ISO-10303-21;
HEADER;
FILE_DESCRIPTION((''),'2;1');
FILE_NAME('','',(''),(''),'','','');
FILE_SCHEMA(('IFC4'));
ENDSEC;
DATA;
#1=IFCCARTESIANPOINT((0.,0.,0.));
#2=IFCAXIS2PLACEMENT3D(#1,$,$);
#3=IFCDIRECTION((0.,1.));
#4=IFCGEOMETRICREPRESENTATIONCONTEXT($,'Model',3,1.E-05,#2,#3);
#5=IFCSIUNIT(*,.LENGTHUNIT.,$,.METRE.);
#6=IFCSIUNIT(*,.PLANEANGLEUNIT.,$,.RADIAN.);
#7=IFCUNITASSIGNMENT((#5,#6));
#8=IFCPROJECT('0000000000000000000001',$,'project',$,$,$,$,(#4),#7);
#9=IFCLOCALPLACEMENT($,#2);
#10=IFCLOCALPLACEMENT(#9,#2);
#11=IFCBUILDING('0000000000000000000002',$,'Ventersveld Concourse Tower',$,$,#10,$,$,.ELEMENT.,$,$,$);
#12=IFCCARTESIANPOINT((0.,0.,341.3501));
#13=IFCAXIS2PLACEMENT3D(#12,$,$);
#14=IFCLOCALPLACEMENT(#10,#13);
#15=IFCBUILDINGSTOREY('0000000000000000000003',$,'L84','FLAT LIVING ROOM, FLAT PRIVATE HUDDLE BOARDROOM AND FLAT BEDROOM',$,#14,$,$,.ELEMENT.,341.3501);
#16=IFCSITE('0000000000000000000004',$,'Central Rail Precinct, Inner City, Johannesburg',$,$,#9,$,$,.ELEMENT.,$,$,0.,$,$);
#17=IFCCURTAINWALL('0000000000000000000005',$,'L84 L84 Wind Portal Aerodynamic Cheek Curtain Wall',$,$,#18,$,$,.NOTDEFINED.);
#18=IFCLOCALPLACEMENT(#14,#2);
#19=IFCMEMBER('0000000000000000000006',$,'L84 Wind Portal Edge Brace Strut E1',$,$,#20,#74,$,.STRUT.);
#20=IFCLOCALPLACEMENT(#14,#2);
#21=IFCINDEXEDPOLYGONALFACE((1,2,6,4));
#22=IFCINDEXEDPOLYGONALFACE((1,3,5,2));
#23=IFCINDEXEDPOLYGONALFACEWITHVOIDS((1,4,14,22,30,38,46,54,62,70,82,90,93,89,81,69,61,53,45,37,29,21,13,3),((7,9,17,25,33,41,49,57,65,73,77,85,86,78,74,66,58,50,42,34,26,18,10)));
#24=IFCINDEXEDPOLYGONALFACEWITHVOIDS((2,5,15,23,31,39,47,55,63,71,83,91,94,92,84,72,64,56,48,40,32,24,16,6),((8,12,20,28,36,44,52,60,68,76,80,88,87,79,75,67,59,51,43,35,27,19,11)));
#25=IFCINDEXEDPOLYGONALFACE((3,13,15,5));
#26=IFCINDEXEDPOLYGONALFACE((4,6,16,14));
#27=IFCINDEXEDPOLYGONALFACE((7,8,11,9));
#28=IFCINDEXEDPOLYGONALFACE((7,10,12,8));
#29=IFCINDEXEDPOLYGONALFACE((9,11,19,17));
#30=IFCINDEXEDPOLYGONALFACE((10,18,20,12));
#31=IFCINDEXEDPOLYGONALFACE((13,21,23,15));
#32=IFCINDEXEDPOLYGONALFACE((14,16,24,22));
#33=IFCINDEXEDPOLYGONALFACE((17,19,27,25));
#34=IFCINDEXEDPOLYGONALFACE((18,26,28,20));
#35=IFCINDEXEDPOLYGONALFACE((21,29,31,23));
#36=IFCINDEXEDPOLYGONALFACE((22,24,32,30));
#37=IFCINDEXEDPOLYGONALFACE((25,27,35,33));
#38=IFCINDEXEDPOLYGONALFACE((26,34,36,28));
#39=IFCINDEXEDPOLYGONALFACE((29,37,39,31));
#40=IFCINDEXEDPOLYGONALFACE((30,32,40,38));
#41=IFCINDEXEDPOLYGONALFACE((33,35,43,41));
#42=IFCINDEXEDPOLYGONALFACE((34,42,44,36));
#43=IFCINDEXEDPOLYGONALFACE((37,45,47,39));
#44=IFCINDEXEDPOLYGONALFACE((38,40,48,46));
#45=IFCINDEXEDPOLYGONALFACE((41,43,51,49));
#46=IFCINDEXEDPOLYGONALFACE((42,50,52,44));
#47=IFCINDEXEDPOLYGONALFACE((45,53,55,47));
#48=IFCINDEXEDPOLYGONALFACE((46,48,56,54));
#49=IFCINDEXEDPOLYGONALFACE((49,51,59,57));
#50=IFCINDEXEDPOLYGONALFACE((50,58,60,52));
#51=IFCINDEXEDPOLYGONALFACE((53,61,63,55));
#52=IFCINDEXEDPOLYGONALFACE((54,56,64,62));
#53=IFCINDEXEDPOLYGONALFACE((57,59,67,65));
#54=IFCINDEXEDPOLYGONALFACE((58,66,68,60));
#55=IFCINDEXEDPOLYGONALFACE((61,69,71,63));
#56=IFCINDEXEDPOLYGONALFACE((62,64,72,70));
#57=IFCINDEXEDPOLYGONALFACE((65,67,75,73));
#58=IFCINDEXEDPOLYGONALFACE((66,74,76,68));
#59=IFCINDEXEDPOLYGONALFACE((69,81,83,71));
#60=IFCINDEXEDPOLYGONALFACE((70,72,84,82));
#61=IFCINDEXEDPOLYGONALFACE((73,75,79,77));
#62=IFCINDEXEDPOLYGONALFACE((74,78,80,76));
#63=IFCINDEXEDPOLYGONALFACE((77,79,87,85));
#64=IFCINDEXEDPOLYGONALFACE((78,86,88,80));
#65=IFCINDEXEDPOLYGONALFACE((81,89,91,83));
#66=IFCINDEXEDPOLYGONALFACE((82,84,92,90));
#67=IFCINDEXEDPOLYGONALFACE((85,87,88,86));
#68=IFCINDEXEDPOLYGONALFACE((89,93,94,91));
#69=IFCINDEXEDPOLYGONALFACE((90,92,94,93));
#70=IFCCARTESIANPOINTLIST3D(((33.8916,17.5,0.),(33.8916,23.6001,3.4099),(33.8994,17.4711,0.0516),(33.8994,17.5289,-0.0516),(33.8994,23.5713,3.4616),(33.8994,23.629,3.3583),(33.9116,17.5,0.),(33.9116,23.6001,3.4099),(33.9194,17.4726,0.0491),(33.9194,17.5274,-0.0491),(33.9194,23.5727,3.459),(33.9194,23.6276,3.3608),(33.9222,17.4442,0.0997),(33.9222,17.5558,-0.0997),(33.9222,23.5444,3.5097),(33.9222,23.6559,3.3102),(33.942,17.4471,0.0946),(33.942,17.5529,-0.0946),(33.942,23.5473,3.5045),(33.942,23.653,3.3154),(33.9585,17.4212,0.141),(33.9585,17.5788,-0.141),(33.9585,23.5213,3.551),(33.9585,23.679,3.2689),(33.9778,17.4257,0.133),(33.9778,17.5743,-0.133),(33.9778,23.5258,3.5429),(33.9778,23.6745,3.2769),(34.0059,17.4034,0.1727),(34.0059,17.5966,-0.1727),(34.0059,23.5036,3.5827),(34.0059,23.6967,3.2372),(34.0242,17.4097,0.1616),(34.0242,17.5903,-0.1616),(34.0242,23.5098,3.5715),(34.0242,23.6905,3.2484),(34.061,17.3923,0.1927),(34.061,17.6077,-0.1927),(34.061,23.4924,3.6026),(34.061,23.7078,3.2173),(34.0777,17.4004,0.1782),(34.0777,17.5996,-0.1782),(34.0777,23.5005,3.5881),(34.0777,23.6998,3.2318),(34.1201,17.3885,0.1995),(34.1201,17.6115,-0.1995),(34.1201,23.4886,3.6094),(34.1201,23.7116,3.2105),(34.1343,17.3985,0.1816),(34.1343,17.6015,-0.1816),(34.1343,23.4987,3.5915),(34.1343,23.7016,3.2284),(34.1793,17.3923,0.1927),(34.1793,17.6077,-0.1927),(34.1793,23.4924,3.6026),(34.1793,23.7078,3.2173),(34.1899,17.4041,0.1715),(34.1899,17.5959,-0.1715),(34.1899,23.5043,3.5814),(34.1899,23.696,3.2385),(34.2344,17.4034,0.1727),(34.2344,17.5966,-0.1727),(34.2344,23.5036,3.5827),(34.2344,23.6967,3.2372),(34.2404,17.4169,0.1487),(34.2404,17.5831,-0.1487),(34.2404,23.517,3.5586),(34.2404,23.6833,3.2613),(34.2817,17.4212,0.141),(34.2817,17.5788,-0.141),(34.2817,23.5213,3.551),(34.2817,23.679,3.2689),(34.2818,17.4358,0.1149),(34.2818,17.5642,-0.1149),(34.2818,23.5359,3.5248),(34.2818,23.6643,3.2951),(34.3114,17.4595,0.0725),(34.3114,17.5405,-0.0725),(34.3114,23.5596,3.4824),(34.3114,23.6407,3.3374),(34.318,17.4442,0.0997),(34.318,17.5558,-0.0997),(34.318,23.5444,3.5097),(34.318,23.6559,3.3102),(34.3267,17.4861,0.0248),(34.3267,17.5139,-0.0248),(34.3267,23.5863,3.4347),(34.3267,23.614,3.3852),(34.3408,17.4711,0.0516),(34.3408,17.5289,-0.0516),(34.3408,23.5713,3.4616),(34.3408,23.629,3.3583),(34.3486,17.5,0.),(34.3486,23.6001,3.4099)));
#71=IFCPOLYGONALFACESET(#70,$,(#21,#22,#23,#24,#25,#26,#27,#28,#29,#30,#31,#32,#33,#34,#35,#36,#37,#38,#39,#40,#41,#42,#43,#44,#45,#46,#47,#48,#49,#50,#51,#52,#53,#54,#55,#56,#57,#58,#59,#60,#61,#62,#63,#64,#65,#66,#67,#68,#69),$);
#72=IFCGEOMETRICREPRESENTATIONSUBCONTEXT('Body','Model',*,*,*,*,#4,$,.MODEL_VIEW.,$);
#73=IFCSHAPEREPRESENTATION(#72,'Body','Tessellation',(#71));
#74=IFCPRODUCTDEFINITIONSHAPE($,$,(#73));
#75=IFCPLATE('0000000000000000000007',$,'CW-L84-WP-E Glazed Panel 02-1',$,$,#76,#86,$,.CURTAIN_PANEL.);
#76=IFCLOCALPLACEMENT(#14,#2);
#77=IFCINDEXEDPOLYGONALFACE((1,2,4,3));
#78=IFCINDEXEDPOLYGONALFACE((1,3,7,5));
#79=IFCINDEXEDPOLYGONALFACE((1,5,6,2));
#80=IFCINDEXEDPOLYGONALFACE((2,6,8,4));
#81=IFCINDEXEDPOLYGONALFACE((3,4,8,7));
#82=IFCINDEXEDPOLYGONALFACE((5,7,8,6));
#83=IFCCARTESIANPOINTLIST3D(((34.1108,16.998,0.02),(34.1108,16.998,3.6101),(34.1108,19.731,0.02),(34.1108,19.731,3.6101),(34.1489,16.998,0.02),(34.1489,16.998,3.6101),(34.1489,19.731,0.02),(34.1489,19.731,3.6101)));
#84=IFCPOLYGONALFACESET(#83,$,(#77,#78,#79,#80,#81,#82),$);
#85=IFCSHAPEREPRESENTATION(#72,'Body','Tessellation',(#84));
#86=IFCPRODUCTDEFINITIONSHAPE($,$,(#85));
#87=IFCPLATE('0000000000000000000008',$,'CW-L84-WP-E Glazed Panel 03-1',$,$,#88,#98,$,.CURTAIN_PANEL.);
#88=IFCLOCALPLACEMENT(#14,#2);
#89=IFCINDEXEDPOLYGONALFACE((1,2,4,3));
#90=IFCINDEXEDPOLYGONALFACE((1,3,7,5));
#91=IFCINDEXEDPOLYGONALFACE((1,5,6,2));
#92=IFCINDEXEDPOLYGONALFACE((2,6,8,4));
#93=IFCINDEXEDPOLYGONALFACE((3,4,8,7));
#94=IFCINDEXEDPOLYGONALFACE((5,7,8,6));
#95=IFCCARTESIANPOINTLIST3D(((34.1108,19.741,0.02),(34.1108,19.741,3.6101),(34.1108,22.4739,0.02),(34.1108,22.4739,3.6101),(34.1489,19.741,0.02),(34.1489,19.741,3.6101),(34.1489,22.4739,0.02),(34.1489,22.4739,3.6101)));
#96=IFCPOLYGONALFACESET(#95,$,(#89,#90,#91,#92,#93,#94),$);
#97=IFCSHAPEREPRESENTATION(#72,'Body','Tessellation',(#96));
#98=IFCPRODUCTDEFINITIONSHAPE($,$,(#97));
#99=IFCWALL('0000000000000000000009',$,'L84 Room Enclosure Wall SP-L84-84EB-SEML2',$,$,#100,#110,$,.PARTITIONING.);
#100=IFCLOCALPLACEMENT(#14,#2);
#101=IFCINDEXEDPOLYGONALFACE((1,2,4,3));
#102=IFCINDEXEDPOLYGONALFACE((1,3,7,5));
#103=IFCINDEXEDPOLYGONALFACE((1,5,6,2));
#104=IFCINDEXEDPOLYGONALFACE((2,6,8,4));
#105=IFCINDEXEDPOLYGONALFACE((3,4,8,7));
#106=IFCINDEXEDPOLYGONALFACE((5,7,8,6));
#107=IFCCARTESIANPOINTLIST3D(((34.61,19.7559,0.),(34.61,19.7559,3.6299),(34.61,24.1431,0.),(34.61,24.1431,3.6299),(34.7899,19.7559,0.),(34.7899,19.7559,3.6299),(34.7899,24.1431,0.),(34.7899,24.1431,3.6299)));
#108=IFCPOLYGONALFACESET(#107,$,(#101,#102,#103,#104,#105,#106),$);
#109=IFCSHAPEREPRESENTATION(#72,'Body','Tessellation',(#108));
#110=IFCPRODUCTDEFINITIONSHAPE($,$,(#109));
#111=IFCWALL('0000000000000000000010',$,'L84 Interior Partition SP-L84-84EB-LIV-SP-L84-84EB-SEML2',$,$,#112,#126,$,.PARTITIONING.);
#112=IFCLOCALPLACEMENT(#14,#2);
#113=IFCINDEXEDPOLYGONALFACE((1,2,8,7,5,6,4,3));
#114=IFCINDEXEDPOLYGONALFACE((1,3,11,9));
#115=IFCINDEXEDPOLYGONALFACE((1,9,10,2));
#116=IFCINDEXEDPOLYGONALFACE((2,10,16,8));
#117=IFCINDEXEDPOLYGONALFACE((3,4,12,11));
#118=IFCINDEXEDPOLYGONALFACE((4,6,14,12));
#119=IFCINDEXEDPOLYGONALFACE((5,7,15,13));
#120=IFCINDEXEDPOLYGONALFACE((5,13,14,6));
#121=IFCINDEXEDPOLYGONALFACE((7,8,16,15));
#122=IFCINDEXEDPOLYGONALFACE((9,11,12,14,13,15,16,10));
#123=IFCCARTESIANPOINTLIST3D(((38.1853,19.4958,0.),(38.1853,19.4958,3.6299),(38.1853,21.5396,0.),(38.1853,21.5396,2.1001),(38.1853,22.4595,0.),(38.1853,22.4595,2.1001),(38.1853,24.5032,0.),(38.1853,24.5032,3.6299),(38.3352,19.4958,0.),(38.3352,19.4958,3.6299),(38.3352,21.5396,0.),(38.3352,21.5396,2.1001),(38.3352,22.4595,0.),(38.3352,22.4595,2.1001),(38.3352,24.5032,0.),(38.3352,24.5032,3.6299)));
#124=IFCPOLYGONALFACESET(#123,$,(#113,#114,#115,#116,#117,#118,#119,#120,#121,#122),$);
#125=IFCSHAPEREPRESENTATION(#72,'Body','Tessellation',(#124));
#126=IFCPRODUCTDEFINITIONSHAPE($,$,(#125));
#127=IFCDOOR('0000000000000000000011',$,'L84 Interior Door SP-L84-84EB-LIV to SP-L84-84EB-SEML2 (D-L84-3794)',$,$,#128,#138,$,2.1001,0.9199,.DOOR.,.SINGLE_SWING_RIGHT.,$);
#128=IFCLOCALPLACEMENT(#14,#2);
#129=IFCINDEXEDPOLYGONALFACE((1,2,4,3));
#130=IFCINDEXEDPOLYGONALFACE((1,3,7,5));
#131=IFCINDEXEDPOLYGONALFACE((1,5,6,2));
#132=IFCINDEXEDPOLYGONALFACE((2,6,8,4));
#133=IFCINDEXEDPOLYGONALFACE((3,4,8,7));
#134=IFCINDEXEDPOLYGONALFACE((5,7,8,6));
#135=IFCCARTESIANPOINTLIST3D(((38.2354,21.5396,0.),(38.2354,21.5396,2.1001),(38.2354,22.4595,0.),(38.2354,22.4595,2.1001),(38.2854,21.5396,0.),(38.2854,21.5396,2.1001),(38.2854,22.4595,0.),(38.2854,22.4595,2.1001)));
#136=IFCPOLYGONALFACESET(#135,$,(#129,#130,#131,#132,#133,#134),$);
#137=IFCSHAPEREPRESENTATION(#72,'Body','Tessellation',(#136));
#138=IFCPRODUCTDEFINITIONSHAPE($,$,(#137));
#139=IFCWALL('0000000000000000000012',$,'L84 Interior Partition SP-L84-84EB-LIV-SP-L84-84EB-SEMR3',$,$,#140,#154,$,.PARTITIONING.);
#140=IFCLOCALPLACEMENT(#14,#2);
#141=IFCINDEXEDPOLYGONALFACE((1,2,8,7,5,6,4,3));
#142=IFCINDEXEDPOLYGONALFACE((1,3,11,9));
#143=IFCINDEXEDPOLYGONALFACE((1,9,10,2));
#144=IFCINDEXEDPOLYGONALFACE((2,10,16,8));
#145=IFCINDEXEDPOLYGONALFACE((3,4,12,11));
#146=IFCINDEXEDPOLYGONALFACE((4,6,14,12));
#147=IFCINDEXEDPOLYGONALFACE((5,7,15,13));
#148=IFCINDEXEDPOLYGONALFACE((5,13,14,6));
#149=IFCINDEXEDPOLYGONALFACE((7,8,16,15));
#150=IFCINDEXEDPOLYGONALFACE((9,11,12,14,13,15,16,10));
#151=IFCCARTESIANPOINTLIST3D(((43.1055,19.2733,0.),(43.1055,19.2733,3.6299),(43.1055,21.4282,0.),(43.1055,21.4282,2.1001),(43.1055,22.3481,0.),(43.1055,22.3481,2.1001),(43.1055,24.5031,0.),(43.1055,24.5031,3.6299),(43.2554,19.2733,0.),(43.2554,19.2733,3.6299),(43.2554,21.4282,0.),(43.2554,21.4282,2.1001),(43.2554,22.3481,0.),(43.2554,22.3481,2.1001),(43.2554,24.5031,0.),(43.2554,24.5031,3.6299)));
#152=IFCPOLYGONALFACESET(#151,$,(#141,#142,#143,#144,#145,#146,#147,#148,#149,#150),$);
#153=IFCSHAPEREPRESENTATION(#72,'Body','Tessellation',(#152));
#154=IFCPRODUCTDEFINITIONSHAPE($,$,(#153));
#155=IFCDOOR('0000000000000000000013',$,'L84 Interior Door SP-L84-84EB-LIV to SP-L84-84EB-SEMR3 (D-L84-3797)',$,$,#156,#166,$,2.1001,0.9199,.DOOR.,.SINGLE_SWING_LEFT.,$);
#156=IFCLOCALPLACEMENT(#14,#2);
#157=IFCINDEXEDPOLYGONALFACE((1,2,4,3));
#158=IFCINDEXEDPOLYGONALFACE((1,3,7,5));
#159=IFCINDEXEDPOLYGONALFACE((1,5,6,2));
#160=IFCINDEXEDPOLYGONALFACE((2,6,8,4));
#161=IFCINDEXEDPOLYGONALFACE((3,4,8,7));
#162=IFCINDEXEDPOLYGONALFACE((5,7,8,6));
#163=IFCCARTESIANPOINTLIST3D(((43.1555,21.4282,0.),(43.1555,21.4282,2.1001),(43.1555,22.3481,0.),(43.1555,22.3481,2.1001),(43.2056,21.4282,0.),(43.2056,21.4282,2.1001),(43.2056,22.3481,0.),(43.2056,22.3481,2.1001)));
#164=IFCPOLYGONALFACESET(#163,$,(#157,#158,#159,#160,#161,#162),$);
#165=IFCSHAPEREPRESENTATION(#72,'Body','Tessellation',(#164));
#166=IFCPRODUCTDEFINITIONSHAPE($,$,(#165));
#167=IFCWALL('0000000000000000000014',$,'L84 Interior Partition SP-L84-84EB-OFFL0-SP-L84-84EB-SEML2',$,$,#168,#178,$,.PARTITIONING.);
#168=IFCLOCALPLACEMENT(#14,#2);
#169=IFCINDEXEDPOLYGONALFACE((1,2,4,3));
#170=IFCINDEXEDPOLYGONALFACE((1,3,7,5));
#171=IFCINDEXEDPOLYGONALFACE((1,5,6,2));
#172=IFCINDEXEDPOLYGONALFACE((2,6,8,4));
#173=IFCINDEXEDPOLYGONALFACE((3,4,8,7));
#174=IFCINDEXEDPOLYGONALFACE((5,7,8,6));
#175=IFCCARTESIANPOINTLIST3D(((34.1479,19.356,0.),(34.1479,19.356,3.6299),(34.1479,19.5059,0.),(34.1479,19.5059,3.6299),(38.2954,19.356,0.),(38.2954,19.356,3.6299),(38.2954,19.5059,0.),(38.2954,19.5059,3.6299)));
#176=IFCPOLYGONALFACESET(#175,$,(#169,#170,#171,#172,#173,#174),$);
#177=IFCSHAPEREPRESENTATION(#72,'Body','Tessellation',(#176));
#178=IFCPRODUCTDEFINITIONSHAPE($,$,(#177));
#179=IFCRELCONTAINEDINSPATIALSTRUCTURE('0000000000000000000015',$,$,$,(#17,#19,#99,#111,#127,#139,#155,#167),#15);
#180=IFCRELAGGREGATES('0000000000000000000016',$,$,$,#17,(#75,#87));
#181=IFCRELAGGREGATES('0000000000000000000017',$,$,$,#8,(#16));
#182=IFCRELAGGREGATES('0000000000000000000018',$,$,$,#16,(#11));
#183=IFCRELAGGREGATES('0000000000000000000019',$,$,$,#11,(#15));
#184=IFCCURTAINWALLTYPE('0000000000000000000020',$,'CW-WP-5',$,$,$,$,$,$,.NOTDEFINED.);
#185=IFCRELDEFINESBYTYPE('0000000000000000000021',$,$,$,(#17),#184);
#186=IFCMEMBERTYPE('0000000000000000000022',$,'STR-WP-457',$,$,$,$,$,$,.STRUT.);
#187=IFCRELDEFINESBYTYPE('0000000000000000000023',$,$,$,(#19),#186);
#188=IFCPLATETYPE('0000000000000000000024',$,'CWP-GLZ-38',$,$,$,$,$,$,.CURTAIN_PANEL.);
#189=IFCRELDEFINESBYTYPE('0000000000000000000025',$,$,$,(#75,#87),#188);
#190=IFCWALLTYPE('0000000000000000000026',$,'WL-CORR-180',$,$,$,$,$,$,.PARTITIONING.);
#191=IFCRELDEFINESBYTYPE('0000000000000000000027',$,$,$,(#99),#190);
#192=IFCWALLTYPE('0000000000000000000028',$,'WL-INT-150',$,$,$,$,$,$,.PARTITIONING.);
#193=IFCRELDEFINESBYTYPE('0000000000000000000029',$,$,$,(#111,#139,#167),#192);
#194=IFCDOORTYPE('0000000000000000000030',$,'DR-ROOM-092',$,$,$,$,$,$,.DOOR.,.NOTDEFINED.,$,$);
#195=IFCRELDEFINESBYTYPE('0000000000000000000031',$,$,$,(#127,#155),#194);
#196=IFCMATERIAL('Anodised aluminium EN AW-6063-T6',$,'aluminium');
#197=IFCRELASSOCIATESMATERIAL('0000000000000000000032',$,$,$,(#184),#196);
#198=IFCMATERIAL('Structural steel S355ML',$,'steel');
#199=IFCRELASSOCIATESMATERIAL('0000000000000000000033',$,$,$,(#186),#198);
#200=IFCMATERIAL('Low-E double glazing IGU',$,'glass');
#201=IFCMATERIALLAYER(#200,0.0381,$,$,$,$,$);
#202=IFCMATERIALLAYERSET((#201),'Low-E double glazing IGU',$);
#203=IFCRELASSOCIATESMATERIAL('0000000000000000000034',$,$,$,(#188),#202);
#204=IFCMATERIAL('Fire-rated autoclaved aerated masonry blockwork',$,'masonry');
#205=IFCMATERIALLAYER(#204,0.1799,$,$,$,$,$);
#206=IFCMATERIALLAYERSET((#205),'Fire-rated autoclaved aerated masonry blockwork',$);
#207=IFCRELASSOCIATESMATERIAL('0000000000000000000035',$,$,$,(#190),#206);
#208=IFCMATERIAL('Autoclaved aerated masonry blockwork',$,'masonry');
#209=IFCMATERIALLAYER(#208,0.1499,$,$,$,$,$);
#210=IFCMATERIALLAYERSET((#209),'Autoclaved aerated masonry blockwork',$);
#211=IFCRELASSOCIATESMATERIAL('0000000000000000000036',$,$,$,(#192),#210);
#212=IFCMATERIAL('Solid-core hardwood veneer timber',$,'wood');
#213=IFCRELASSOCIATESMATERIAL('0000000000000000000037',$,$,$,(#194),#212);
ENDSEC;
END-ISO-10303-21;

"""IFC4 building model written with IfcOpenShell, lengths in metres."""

from ifc_helpers import new_model, si_unit, direction, frame, frame_2d, origin, origin_2d, place, context, subcontext, project, spatial, rectangle, hollow_circle, extrude, material, layer, layer_set, material_profile, profile_set, type_object, element, fill, aggregate, save


model = new_model("IFC4")

# Units and contexts
model_context = context("Model", 3, precision=1e-05, world=origin(), true_north=direction((0.0, 1.0)))
body_context = subcontext(model_context, "Body", "Model", "MODEL_VIEW")
ifc_project = project(units=[si_unit("LENGTHUNIT", "METRE"), si_unit("PLANEANGLEUNIT", "RADIAN")], contexts=[model_context])

# Site, building, storey
site_placement = place(None, origin())
site = spatial("IfcSite", under=ifc_project, at=site_placement, Name="Central Rail Precinct, Inner City, Johannesburg", CompositionType="ELEMENT", RefElevation=0.0)
building_placement = place(site_placement, origin())
building = spatial("IfcBuilding", under=site, at=building_placement, Name="Ventersveld Concourse Tower", CompositionType="ELEMENT")
storey_placement = place(building_placement, frame((0.0, 0.0, 341.3501)))
storey = spatial("IfcBuildingStorey", under=building, at=storey_placement, Name="L84", Description="FLAT LIVING ROOM, FLAT PRIVATE HUDDLE BOARDROOM AND FLAT BEDROOM", CompositionType="ELEMENT", Elevation=341.3501)

# Curtain wall
ifc_material_1 = material(Name="Anodised aluminium EN AW-6063-T6", Category="aluminium")
curtain_wall_type = type_object("IfcCurtainWallType", Name="CW-WP-5", PredefinedType="NOTDEFINED", material=ifc_material_1)
curtain_wall_placement = place(storey_placement, origin())
curtain_wall = element("IfcCurtainWall", 1, at=curtain_wall_placement, inside=storey, type_object=curtain_wall_type, Name="L84 L84 Wind Portal Aerodynamic Cheek Curtain Wall", PredefinedType="NOTDEFINED")

# Member
ifc_material_2 = material(Name="Structural steel S355ML", Category="steel")
ifc_material_profile_1 = material_profile(ifc_material_2, hollow_circle(Radius=0.2285, WallThickness=0.02, at=origin_2d()), Name="CHS 457x20")
ifc_profile_set_1 = profile_set([ifc_material_profile_1], Name="Structural steel S355ML")
member_type_1 = type_object("IfcMemberType", Name="STR-WP-457", PredefinedType="STRUT", material=ifc_profile_set_1)
member_1_placement = place(storey_placement, frame((34.1201, 17.5, 0.0), z_axis=(0.0, 0.87288, 0.487934), x_axis=(-1.0, 0.0, 0.0)))
element("IfcMember", 2, at=member_1_placement, inside=storey, type_object=member_type_1, Name="L84 Wind Portal Edge Brace Strut E1", PredefinedType="STRUT", context=body_context, shape_type="SweptSolid", body=[
    extrude(hollow_circle(Radius=0.2285, WallThickness=0.02, at=origin_2d()), origin(), (0.0, 0.0, 1.0), 6.9885),
])

# Plates
ifc_material_3 = material(Name="Low-E double glazing IGU", Category="glass")
ifc_layer_1 = layer(ifc_material_3, 0.0381)
ifc_layer_set_1 = layer_set([ifc_layer_1], Name="Low-E double glazing IGU")
plate_type = type_object("IfcPlateType", Name="CWP-GLZ-38", PredefinedType="CURTAIN_PANEL", material=ifc_layer_set_1)
plate_1_placement = place(storey_placement, frame((34.1299, 18.3645, 0.02), z_axis=(0.0, 0.0, 1.0), x_axis=(0.0, 1.0, 0.0)))
plate_1 = element("IfcPlate", 3, at=plate_1_placement, type_object=plate_type, Name="CW-L84-WP-E Glazed Panel 02-1", PredefinedType="CURTAIN_PANEL", context=body_context, shape_type="SweptSolid", body=[
    extrude(rectangle(XDim=2.7329, YDim=0.0381, at=origin_2d()), origin(), (0.0, 0.0, 1.0), 3.5901),
])
plate_2_placement = place(storey_placement, frame((34.1299, 21.1074, 0.02), z_axis=(0.0, 0.0, 1.0), x_axis=(0.0, 1.0, 0.0)))
plate_2 = element("IfcPlate", 4, at=plate_2_placement, type_object=plate_type, Name="CW-L84-WP-E Glazed Panel 03-1", PredefinedType="CURTAIN_PANEL", context=body_context, shape_type="SweptSolid", body=[
    extrude(rectangle(XDim=2.7329, YDim=0.0381, at=origin_2d()), origin(), (0.0, 0.0, 1.0), 3.5901),
])
aggregate(curtain_wall, [plate_1, plate_2])

# Wall
ifc_material_4 = material(Name="Fire-rated autoclaved aerated masonry blockwork", Category="masonry")
ifc_layer_2 = layer(ifc_material_4, 0.1799)
ifc_layer_set_2 = layer_set([ifc_layer_2], Name="Fire-rated autoclaved aerated masonry blockwork")
wall_type_1 = type_object("IfcWallType", Name="WL-CORR-180", PredefinedType="PARTITIONING", material=ifc_layer_set_2)
wall_1_placement = place(storey_placement, frame((34.7, 19.7559, 0.0), z_axis=(0.0, 0.0, 1.0), x_axis=(0.0, 1.0, 0.0)))
element("IfcWall", 5, at=wall_1_placement, inside=storey, type_object=wall_type_1, Name="L84 Room Enclosure Wall SP-L84-84EB-SEML2", PredefinedType="PARTITIONING", context=body_context, shape_type="SweptSolid", body=[
    extrude(rectangle(XDim=4.3872, YDim=0.1799, at=frame_2d((2.1936, 0.0))), origin(), (0.0, 0.0, 1.0), 3.6299),
])

# Walls, openings, doors
ifc_material_5 = material(Name="Autoclaved aerated masonry blockwork", Category="masonry")
ifc_layer_3 = layer(ifc_material_5, 0.1499)
ifc_layer_set_3 = layer_set([ifc_layer_3], Name="Autoclaved aerated masonry blockwork")
wall_type_2 = type_object("IfcWallType", Name="WL-INT-150", PredefinedType="PARTITIONING", material=ifc_layer_set_3)
wall_2_placement = place(storey_placement, frame((38.2603, 19.4958, 0.0), z_axis=(0.0, 0.0, 1.0), x_axis=(0.0, 1.0, 0.0)))
wall_2 = element("IfcWall", 6, at=wall_2_placement, inside=storey, type_object=wall_type_2, Name="L84 Interior Partition SP-L84-84EB-LIV-SP-L84-84EB-SEML2", PredefinedType="PARTITIONING", context=body_context, shape_type="SweptSolid", body=[
    extrude(rectangle(XDim=5.0073, YDim=0.1499, at=frame_2d((2.5037, 0.0))), origin(), (0.0, 0.0, 1.0), 3.6299),
])
opening_1_placement = place(wall_2_placement, frame((2.0437, 0.0, 0.0)))
opening_1 = element("IfcOpeningElement", 7, at=opening_1_placement, cuts=wall_2, PredefinedType="OPENING", context=body_context, shape_type="SweptSolid", body=[
    extrude(rectangle(XDim=0.9199, YDim=2.1001, at=frame_2d((0.46, 1.05))), frame((0.0, 0.085, 0.0), z_axis=(0.0, -1.0, 0.0), x_axis=(1.0, 0.0, 0.0)), (0.0, 0.0, 1.0), 0.1699),
])
ifc_material_6 = material(Name="Solid-core hardwood veneer timber", Category="wood")
door_type = type_object("IfcDoorType", Name="DR-ROOM-092", OperationType="NOTDEFINED", PredefinedType="DOOR", material=ifc_material_6)
door_1_placement = place(opening_1_placement, origin())
door_1 = element("IfcDoor", 8, at=door_1_placement, inside=storey, type_object=door_type, Name="L84 Interior Door SP-L84-84EB-LIV to SP-L84-84EB-SEML2 (D-L84-3794)", OperationType="SINGLE_SWING_RIGHT", OverallHeight=2.1001, OverallWidth=0.9199, PredefinedType="DOOR", context=body_context, shape_type="SweptSolid", body=[
    extrude(rectangle(XDim=0.9199, YDim=2.1001, at=frame_2d((0.46, 1.05))), frame((0.0, 0.0249, 0.0), z_axis=(0.0, -1.0, 0.0), x_axis=(1.0, 0.0, 0.0)), (0.0, 0.0, 1.0), 0.05),
])
fill(opening_1, door_1)
wall_3_placement = place(storey_placement, frame((43.1804, 19.2734, 0.0), z_axis=(0.0, 0.0, 1.0), x_axis=(0.0, 1.0, 0.0)))
wall_3 = element("IfcWall", 9, at=wall_3_placement, inside=storey, type_object=wall_type_2, Name="L84 Interior Partition SP-L84-84EB-LIV-SP-L84-84EB-SEMR3", PredefinedType="PARTITIONING", context=body_context, shape_type="SweptSolid", body=[
    extrude(rectangle(XDim=5.2297, YDim=0.1499, at=frame_2d((2.6147, 0.0))), origin(), (0.0, 0.0, 1.0), 3.6299),
])
opening_2_placement = place(wall_3_placement, frame((2.1548, 0.0, 0.0)))
opening_2 = element("IfcOpeningElement", 10, at=opening_2_placement, cuts=wall_3, PredefinedType="OPENING", context=body_context, shape_type="SweptSolid", body=[
    extrude(rectangle(XDim=0.9199, YDim=2.1001, at=frame_2d((0.46, 1.05))), frame((0.0, 0.085, 0.0), z_axis=(0.0, -1.0, 0.0), x_axis=(1.0, 0.0, 0.0)), (0.0, 0.0, 1.0), 0.1699),
])
door_2_placement = place(opening_2_placement, origin())
door_2 = element("IfcDoor", 11, at=door_2_placement, inside=storey, type_object=door_type, Name="L84 Interior Door SP-L84-84EB-LIV to SP-L84-84EB-SEMR3 (D-L84-3797)", OperationType="SINGLE_SWING_LEFT", OverallHeight=2.1001, OverallWidth=0.9199, PredefinedType="DOOR", context=body_context, shape_type="SweptSolid", body=[
    extrude(rectangle(XDim=0.9199, YDim=2.1001, at=frame_2d((0.46, 1.05))), frame((0.0, 0.0249, 0.0), z_axis=(0.0, -1.0, 0.0), x_axis=(1.0, 0.0, 0.0)), (0.0, 0.0, 1.0), 0.05),
])
fill(opening_2, door_2)

# Wall
wall_4_placement = place(storey_placement, frame((34.1479, 19.4309, 0.0), z_axis=(0.0, 0.0, 1.0), x_axis=(1.0, 0.0, 0.0)))
element("IfcWall", 12, at=wall_4_placement, inside=storey, type_object=wall_type_2, Name="L84 Interior Partition SP-L84-84EB-OFFL0-SP-L84-84EB-SEML2", PredefinedType="PARTITIONING", context=body_context, shape_type="SweptSolid", body=[
    extrude(rectangle(XDim=4.1475, YDim=0.1499, at=frame_2d((2.0737, 0.0))), origin(), (0.0, 0.0, 1.0), 3.6299),
])

save(model, "model.ifc")
